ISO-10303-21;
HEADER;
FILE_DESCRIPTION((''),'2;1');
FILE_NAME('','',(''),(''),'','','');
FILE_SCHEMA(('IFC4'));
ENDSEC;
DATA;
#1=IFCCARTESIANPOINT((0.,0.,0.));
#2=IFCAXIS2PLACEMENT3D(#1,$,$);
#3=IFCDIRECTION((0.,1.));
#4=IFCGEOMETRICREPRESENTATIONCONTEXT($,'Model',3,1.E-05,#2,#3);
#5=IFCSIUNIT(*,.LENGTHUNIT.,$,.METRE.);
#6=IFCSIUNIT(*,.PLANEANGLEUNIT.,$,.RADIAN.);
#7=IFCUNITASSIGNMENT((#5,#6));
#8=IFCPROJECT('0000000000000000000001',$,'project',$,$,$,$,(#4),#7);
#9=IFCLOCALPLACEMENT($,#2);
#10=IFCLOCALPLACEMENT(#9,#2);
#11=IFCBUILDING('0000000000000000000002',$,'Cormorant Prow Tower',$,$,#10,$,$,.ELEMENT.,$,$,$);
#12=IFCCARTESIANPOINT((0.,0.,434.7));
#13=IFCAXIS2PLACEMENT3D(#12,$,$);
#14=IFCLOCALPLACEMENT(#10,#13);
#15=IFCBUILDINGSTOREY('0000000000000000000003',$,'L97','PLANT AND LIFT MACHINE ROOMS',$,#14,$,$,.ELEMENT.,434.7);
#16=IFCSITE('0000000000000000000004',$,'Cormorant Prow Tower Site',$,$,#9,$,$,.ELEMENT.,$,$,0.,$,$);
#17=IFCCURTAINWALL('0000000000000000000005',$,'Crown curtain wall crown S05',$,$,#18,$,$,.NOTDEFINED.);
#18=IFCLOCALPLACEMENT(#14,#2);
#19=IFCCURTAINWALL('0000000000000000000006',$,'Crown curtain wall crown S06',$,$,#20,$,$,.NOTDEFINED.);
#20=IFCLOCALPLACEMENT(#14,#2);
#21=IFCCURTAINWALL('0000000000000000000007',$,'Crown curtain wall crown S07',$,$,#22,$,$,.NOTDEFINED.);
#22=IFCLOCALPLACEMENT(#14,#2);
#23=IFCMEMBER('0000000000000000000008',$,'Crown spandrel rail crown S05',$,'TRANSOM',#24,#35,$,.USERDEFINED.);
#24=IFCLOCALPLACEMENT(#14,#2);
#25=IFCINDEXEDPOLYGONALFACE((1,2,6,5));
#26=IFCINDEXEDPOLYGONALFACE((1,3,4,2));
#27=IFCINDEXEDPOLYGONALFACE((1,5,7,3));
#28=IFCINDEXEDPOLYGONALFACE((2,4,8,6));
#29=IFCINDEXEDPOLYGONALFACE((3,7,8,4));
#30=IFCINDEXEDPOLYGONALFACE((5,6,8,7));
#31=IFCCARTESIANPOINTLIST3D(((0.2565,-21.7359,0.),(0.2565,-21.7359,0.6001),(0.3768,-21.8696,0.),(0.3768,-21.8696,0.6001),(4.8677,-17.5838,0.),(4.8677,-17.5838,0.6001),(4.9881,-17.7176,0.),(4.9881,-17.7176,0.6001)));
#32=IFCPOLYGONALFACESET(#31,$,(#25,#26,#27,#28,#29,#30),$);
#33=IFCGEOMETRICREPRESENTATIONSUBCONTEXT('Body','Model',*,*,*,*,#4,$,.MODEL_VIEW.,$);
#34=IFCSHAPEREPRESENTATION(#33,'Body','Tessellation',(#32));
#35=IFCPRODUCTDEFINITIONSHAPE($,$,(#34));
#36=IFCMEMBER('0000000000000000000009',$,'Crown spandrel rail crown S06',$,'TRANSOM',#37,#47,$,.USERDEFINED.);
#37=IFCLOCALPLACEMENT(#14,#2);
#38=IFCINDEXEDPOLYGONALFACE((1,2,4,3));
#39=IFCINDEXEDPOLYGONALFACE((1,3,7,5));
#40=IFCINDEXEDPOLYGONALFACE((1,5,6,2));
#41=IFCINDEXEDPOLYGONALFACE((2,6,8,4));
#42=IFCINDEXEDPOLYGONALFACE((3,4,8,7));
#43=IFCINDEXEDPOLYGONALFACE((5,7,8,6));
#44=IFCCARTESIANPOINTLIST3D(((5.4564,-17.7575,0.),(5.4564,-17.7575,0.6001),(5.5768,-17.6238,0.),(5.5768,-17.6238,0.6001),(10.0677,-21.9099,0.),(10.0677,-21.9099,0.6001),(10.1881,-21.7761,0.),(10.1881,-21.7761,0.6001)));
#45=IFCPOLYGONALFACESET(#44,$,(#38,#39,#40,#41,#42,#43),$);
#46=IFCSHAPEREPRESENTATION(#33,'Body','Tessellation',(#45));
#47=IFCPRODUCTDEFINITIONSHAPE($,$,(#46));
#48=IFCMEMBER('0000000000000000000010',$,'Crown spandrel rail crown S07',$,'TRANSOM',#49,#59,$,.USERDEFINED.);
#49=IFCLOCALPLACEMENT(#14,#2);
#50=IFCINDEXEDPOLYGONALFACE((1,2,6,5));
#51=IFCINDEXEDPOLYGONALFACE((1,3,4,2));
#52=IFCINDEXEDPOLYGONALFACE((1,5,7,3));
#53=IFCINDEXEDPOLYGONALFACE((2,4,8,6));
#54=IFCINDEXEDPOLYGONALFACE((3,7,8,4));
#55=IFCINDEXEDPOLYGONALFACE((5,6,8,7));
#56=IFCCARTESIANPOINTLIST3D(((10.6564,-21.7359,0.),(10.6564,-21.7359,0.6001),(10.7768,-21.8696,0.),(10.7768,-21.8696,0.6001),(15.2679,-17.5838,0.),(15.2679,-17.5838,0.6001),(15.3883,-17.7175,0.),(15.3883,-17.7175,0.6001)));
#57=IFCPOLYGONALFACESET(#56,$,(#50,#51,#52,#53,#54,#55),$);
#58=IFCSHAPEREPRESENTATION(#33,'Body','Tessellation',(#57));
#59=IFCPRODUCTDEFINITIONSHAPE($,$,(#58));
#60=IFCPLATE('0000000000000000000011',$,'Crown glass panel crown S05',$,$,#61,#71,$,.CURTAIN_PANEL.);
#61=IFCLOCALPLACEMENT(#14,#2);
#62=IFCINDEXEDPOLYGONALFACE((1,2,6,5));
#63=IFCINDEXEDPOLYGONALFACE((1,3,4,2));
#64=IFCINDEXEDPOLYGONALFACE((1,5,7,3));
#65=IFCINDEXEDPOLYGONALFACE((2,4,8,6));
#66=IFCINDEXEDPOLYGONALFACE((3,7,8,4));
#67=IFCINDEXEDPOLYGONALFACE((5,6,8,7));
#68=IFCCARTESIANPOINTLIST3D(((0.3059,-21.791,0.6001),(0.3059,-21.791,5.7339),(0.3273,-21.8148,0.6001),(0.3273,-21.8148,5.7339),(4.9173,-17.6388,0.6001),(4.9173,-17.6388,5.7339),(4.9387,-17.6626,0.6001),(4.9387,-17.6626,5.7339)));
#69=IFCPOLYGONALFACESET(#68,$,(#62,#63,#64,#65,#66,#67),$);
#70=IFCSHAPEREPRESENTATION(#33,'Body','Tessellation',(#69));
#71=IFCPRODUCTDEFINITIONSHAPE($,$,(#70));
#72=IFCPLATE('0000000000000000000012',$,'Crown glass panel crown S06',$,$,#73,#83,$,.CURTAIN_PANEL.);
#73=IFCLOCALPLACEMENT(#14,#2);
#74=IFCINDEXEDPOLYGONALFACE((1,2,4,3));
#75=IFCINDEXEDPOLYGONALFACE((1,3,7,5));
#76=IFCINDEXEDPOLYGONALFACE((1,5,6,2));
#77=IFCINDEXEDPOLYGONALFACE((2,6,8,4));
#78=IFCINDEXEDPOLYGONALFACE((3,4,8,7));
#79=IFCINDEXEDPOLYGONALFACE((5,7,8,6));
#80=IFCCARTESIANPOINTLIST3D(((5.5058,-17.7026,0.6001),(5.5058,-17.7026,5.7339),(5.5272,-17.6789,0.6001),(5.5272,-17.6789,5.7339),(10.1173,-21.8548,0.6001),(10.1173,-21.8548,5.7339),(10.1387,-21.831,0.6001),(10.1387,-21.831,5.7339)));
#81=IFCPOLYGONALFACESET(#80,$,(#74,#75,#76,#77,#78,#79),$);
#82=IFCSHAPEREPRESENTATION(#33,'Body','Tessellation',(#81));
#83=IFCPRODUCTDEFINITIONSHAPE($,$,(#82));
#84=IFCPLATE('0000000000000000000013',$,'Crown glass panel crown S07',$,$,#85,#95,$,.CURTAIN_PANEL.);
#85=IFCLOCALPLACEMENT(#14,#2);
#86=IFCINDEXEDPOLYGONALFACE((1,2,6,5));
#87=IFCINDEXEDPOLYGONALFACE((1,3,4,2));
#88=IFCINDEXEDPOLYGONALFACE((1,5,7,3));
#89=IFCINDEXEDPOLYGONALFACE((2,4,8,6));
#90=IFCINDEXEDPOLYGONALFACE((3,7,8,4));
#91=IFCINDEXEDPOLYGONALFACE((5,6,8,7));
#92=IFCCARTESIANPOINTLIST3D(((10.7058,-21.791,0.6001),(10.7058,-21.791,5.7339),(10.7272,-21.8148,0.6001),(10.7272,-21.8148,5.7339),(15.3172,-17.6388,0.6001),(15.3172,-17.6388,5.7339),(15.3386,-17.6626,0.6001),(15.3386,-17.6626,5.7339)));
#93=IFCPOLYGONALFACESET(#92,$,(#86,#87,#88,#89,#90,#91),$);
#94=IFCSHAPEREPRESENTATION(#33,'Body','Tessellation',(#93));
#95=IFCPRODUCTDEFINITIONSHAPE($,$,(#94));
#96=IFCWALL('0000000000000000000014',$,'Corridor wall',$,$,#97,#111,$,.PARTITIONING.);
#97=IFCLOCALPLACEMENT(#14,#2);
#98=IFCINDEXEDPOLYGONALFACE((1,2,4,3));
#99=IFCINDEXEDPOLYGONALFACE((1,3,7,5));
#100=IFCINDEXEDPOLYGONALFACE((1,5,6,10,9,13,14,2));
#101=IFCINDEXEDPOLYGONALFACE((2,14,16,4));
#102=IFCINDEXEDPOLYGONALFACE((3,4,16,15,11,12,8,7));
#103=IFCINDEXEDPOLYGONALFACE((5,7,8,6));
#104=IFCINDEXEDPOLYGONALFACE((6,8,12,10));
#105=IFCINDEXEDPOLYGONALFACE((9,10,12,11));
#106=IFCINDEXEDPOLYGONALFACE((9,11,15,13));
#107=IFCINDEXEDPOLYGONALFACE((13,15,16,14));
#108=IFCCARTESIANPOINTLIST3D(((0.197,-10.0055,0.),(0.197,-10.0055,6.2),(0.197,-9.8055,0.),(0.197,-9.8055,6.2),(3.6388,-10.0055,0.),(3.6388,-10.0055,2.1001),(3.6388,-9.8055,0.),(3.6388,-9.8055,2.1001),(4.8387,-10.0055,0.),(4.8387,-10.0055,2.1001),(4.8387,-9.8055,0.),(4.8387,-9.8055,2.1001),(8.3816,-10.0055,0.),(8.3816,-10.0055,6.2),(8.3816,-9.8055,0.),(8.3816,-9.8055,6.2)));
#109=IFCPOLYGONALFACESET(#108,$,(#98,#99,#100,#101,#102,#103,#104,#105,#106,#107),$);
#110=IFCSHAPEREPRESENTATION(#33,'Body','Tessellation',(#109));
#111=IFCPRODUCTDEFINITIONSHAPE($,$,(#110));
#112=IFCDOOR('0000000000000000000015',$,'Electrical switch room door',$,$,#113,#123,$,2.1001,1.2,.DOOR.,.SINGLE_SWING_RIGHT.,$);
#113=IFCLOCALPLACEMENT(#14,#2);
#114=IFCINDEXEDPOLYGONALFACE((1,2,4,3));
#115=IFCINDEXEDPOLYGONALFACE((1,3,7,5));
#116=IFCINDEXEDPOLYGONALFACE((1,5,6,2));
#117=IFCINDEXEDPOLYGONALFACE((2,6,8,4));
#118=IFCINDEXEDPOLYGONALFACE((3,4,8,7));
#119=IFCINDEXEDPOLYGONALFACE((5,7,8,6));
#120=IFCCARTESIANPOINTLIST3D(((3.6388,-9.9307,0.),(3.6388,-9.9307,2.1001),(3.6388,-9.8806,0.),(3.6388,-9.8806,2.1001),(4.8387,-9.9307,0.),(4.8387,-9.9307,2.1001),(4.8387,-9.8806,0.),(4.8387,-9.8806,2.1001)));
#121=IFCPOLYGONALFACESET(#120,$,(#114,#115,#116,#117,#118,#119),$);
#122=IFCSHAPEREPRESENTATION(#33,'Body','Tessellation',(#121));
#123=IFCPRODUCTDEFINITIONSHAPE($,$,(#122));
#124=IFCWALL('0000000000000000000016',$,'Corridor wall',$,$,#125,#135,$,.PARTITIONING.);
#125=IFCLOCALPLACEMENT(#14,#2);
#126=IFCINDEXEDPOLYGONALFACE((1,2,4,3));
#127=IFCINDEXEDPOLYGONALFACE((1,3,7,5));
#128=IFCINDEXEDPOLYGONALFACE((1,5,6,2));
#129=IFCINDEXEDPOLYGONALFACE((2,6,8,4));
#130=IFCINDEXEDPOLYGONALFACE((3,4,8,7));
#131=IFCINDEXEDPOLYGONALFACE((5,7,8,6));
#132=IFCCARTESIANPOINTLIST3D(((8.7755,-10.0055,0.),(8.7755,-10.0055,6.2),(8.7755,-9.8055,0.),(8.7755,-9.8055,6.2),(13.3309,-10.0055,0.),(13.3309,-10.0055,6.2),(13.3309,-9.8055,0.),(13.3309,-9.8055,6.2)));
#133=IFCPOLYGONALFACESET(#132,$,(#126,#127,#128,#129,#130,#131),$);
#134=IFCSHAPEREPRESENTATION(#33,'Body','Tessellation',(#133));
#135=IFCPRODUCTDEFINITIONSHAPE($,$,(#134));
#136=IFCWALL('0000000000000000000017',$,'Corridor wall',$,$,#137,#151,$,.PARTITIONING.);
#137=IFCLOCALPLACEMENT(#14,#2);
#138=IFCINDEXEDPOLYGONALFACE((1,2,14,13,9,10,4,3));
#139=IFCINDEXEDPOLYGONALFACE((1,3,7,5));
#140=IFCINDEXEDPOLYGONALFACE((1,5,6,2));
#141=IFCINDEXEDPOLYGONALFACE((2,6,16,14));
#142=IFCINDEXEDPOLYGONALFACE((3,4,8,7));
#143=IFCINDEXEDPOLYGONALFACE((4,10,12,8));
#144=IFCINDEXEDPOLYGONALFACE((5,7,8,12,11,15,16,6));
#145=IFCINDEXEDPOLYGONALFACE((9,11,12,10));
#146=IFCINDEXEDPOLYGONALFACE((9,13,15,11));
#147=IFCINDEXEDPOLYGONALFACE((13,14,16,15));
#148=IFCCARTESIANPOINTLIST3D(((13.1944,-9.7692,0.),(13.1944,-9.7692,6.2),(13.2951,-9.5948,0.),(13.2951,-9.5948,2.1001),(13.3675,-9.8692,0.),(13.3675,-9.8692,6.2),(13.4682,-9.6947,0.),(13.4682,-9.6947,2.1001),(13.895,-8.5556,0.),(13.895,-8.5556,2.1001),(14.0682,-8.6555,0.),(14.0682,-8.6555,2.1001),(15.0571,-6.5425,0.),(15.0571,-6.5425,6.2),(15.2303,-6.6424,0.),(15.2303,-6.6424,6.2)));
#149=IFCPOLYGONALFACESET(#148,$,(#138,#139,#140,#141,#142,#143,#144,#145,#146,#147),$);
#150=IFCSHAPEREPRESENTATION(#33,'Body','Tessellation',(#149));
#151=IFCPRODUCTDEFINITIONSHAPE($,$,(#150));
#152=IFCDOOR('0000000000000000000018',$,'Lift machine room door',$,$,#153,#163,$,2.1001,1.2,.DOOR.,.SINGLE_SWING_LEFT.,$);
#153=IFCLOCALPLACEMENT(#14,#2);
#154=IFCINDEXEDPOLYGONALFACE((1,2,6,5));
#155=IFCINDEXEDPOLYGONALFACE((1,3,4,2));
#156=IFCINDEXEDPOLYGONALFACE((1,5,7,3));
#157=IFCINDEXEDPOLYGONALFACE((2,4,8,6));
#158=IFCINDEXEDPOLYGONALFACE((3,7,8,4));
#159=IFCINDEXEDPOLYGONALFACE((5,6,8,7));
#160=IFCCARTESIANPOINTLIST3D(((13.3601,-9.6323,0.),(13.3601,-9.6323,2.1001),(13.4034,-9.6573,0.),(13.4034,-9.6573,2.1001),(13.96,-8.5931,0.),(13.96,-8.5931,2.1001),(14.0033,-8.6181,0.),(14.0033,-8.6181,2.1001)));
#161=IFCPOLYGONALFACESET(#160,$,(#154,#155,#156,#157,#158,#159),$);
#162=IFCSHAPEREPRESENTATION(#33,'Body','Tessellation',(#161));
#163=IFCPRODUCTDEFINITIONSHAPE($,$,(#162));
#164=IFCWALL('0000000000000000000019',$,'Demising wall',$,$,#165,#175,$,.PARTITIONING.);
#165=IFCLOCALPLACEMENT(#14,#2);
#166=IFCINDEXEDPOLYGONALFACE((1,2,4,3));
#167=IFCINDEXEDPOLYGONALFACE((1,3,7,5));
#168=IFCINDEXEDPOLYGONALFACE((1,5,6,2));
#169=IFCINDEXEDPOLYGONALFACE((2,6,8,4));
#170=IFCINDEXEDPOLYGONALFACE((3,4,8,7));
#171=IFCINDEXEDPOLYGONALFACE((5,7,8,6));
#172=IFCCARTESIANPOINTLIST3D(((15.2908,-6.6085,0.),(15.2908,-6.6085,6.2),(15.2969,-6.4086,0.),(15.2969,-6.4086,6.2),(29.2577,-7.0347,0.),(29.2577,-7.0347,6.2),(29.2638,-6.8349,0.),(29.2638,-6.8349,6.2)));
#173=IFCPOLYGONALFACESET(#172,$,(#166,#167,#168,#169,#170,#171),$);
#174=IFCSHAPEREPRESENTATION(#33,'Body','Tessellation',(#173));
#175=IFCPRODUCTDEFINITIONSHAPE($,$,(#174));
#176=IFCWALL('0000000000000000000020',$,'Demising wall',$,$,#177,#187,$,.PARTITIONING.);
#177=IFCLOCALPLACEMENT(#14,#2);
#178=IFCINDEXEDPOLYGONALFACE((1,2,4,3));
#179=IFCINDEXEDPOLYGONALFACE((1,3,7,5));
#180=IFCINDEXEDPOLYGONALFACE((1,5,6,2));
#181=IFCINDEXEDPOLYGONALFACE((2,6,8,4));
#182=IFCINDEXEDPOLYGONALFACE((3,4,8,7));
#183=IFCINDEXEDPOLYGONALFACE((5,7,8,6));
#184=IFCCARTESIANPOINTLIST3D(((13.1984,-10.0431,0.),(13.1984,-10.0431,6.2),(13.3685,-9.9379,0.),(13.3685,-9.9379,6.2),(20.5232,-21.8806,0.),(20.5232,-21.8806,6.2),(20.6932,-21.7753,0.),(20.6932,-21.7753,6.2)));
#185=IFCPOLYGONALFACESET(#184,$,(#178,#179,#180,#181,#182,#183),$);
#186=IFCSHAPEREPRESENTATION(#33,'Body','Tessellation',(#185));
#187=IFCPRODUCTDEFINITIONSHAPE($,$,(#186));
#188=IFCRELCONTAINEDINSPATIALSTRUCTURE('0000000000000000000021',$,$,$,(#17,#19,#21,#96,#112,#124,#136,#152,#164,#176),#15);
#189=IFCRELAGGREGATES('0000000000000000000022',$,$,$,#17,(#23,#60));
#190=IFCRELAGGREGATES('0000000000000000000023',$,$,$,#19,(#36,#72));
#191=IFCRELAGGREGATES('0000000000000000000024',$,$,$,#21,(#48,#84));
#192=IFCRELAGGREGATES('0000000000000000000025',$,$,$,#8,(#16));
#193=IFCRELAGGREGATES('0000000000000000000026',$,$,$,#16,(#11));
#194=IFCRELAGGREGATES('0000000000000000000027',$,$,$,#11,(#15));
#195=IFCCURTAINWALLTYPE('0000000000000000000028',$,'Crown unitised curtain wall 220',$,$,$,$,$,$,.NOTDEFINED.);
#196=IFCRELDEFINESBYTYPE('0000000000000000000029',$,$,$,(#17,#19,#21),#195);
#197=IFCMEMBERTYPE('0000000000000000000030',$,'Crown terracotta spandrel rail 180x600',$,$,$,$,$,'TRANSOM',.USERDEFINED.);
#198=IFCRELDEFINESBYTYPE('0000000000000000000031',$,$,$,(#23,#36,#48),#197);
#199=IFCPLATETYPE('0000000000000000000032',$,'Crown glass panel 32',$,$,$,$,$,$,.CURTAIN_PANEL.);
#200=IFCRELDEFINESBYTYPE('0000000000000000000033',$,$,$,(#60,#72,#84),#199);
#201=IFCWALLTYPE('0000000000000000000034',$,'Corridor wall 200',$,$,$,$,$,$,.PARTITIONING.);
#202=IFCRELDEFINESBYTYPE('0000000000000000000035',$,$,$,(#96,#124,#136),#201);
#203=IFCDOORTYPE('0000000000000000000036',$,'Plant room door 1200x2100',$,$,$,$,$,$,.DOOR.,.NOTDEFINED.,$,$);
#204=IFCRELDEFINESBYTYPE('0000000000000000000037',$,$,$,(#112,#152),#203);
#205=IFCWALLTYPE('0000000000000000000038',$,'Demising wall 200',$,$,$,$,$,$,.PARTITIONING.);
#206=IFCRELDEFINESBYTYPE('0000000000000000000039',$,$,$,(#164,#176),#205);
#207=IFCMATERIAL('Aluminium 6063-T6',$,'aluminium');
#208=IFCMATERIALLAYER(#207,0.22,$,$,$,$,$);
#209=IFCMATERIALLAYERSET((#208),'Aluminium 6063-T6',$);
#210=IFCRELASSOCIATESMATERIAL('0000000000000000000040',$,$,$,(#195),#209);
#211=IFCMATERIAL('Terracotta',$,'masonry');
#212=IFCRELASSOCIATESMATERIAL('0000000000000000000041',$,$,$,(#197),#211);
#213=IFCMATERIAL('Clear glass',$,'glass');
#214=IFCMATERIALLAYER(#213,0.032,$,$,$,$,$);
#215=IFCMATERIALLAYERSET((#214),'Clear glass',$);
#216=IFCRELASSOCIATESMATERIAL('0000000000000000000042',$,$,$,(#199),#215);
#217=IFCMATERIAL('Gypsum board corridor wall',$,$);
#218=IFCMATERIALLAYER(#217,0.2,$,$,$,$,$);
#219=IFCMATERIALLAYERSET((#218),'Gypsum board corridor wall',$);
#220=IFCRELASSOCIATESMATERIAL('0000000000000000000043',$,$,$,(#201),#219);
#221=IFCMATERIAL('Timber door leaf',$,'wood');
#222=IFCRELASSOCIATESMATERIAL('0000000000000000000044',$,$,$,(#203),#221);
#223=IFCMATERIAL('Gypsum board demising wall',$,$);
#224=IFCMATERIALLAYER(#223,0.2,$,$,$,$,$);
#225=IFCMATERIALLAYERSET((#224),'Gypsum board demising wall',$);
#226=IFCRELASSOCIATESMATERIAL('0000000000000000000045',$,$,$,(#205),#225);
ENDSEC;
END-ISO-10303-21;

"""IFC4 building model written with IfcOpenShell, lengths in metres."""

from ifc_helpers import new_model, si_unit, direction, frame, frame_2d, origin, origin_2d, place, context, subcontext, project, spatial, rectangle, extrude, material, layer, layer_set, material_profile, profile_set, type_object, element, fill, aggregate, save


model = new_model("IFC4")

# Units and contexts
model_context = context("Model", 3, precision=1e-05, world=origin(), true_north=direction((0.0, 1.0)))
body_context = subcontext(model_context, "Body", "Model", "MODEL_VIEW")
ifc_project = project(units=[si_unit("LENGTHUNIT", "METRE"), si_unit("PLANEANGLEUNIT", "RADIAN")], contexts=[model_context])

# Site, building, storey
site_placement = place(None, origin())
site = spatial("IfcSite", under=ifc_project, at=site_placement, Name="Cormorant Prow Tower Site", CompositionType="ELEMENT", RefElevation=0.0)
building_placement = place(site_placement, origin())
building = spatial("IfcBuilding", under=site, at=building_placement, Name="Cormorant Prow Tower", CompositionType="ELEMENT")
storey_placement = place(building_placement, frame((0.0, 0.0, 434.7)))
storey = spatial("IfcBuildingStorey", under=building, at=storey_placement, Name="L97", Description="PLANT AND LIFT MACHINE ROOMS", CompositionType="ELEMENT", Elevation=434.7)

# Curtain walls
ifc_material_1 = material(Name="Aluminium 6063-T6", Category="aluminium")
ifc_layer_1 = layer(ifc_material_1, 0.22)
ifc_layer_set_1 = layer_set([ifc_layer_1], Name="Aluminium 6063-T6")
curtain_wall_type = type_object("IfcCurtainWallType", Name="Crown unitised curtain wall 220", PredefinedType="NOTDEFINED", material=ifc_layer_set_1)
curtain_wall_1_placement = place(storey_placement, origin())
curtain_wall_1 = element("IfcCurtainWall", 1, at=curtain_wall_1_placement, inside=storey, type_object=curtain_wall_type, Name="Crown curtain wall crown S05", PredefinedType="NOTDEFINED")
curtain_wall_2_placement = place(storey_placement, origin())
curtain_wall_2 = element("IfcCurtainWall", 2, at=curtain_wall_2_placement, inside=storey, type_object=curtain_wall_type, Name="Crown curtain wall crown S06", PredefinedType="NOTDEFINED")
curtain_wall_3_placement = place(storey_placement, origin())
curtain_wall_3 = element("IfcCurtainWall", 3, at=curtain_wall_3_placement, inside=storey, type_object=curtain_wall_type, Name="Crown curtain wall crown S07", PredefinedType="NOTDEFINED")

# Members
ifc_material_2 = material(Name="Terracotta", Category="masonry")
ifc_material_profile_1 = material_profile(ifc_material_2, rectangle(XDim=0.1799, YDim=0.6001, at=origin_2d()), Name="Crown terracotta spandrel rail 180x600")
ifc_profile_set_1 = profile_set([ifc_material_profile_1], Name="Terracotta")
member_type_1 = type_object("IfcMemberType", Name="Crown terracotta spandrel rail 180x600", ElementType="TRANSOM", PredefinedType="USERDEFINED", material=ifc_profile_set_1)
member_1_placement = place(storey_placement, frame((0.3167, -21.8027, 0.3), z_axis=(0.743142, 0.669134, 0.0), x_axis=(-0.669134, 0.743142, 0.0)))
member_1 = element("IfcMember", 4, at=member_1_placement, type_object=member_type_1, Name="Crown spandrel rail crown S05", ObjectType="TRANSOM", PredefinedType="USERDEFINED", context=body_context, shape_type="SweptSolid", body=[
    extrude(rectangle(XDim=0.1799, YDim=0.6001, at=origin_2d()), origin(), (0.0, 0.0, 1.0), 6.2051),
])
member_2_placement = place(storey_placement, frame((5.5166, -17.6907, 0.3), z_axis=(0.743122, -0.669156, 0.0), x_axis=(0.669156, 0.743122, 0.0)))
member_2 = element("IfcMember", 5, at=member_2_placement, type_object=member_type_1, Name="Crown spandrel rail crown S06", ObjectType="TRANSOM", PredefinedType="USERDEFINED", context=body_context, shape_type="SweptSolid", body=[
    extrude(rectangle(XDim=0.1799, YDim=0.6001, at=origin_2d()), origin(), (0.0, 0.0, 1.0), 6.2053),
])
member_3_placement = place(storey_placement, frame((10.7166, -21.8027, 0.3), z_axis=(0.743159, 0.669115, 0.0), x_axis=(-0.669115, 0.743159, 0.0)))
member_3 = element("IfcMember", 6, at=member_3_placement, type_object=member_type_1, Name="Crown spandrel rail crown S07", ObjectType="TRANSOM", PredefinedType="USERDEFINED", context=body_context, shape_type="SweptSolid", body=[
    extrude(rectangle(XDim=0.1799, YDim=0.6001, at=origin_2d()), origin(), (0.0, 0.0, 1.0), 6.2053),
])

# Plates
ifc_material_3 = material(Name="Clear glass", Category="glass")
ifc_layer_2 = layer(ifc_material_3, 0.032)
ifc_layer_set_2 = layer_set([ifc_layer_2], Name="Clear glass")
plate_type = type_object("IfcPlateType", Name="Crown glass panel 32", PredefinedType="CURTAIN_PANEL", material=ifc_layer_set_2)
plate_1_placement = place(storey_placement, frame((2.6223, -19.7268, 0.6001), z_axis=(0.0, 0.0, 1.0), x_axis=(0.743145, 0.669131, 0.0)))
plate_1 = element("IfcPlate", 7, at=plate_1_placement, type_object=plate_type, Name="Crown glass panel crown S05", PredefinedType="CURTAIN_PANEL", context=body_context, shape_type="SweptSolid", body=[
    extrude(rectangle(XDim=6.2053, YDim=0.032, at=origin_2d()), origin(), (0.0, 0.0, 1.0), 5.1338),
])
aggregate(curtain_wall_1, [member_1, plate_1])
plate_2_placement = place(storey_placement, frame((7.8223, -19.7668, 0.6001), z_axis=(0.0, 0.0, 1.0), x_axis=(0.743145, -0.669131, 0.0)))
plate_2 = element("IfcPlate", 8, at=plate_2_placement, type_object=plate_type, Name="Crown glass panel crown S06", PredefinedType="CURTAIN_PANEL", context=body_context, shape_type="SweptSolid", body=[
    extrude(rectangle(XDim=6.2053, YDim=0.032, at=origin_2d()), origin(), (0.0, 0.0, 1.0), 5.1338),
])
aggregate(curtain_wall_2, [member_2, plate_2])
plate_3_placement = place(storey_placement, frame((13.0222, -19.7268, 0.6001), z_axis=(0.0, 0.0, 1.0), x_axis=(0.743145, 0.669131, 0.0)))
plate_3 = element("IfcPlate", 9, at=plate_3_placement, type_object=plate_type, Name="Crown glass panel crown S07", PredefinedType="CURTAIN_PANEL", context=body_context, shape_type="SweptSolid", body=[
    extrude(rectangle(XDim=6.2053, YDim=0.032, at=origin_2d()), origin(), (0.0, 0.0, 1.0), 5.1338),
])
aggregate(curtain_wall_3, [member_3, plate_3])

# Wall, opening, door
ifc_material_4 = material(Name="Gypsum board corridor wall")
ifc_layer_3 = layer(ifc_material_4, 0.2)
ifc_layer_set_3 = layer_set([ifc_layer_3], Name="Gypsum board corridor wall")
wall_type_1 = type_object("IfcWallType", Name="Corridor wall 200", PredefinedType="PARTITIONING", material=ifc_layer_set_3)
wall_1_placement = place(storey_placement, frame((0.197, -9.9055, 0.0), z_axis=(0.0, 0.0, 1.0), x_axis=(1.0, 0.0, 0.0)))
wall_1 = element("IfcWall", 10, at=wall_1_placement, inside=storey, type_object=wall_type_1, Name="Corridor wall", PredefinedType="PARTITIONING", context=body_context, shape_type="SweptSolid", body=[
    extrude(rectangle(XDim=8.1846, YDim=0.2, at=frame_2d((4.0923, 0.0))), origin(), (0.0, 0.0, 1.0), 6.2),
])
opening_1_placement = place(wall_1_placement, frame((3.4417, 0.0, 0.0)))
opening_1 = element("IfcOpeningElement", 11, at=opening_1_placement, cuts=wall_1, PredefinedType="OPENING", context=body_context, shape_type="SweptSolid", body=[
    extrude(rectangle(XDim=1.2, YDim=2.1001, at=frame_2d((0.6001, 1.05))), frame((0.0, 0.1099, 0.0), z_axis=(0.0, -1.0, 0.0), x_axis=(1.0, 0.0, 0.0)), (0.0, 0.0, 1.0), 0.22),
])
ifc_material_5 = material(Name="Timber door leaf", Category="wood")
door_type_1 = type_object("IfcDoorType", Name="Plant room door 1200x2100", OperationType="NOTDEFINED", PredefinedType="DOOR", material=ifc_material_5)
door_1_placement = place(opening_1_placement, origin())
door_1 = element("IfcDoor", 12, at=door_1_placement, inside=storey, type_object=door_type_1, Name="Electrical switch room door", OperationType="SINGLE_SWING_RIGHT", OverallHeight=2.1001, OverallWidth=1.2, PredefinedType="DOOR", context=body_context, shape_type="SweptSolid", body=[
    extrude(rectangle(XDim=1.2, YDim=2.1001, at=frame_2d((0.6001, 1.05))), frame((0.0, 0.0249, 0.0), z_axis=(0.0, -1.0, 0.0), x_axis=(1.0, 0.0, 0.0)), (0.0, 0.0, 1.0), 0.05),
])
fill(opening_1, door_1)

# Wall
wall_2_placement = place(storey_placement, frame((8.7754, -9.9055, 0.0), z_axis=(0.0, 0.0, 1.0), x_axis=(1.0, 0.0, 0.0)))
element("IfcWall", 13, at=wall_2_placement, inside=storey, type_object=wall_type_1, Name="Corridor wall", PredefinedType="PARTITIONING", context=body_context, shape_type="SweptSolid", body=[
    extrude(rectangle(XDim=4.5554, YDim=0.2, at=frame_2d((2.2778, 0.0))), origin(), (0.0, 0.0, 1.0), 6.2),
])

# Wall, opening, door
wall_3_placement = place(storey_placement, frame((13.281, -9.8191, 0.0), z_axis=(0.0, 0.0, 1.0), x_axis=(0.499959, 0.866049, 0.0)))
wall_3 = element("IfcWall", 14, at=wall_3_placement, inside=storey, type_object=wall_type_1, Name="Corridor wall", PredefinedType="PARTITIONING", context=body_context, shape_type="SweptSolid", body=[
    extrude(rectangle(XDim=3.7258, YDim=0.2, at=frame_2d((1.8628, 0.0))), origin(), (0.0, 0.0, 1.0), 6.2),
])
opening_2_placement = place(wall_3_placement, frame((0.2012, 0.0, 0.0)))
opening_2 = element("IfcOpeningElement", 15, at=opening_2_placement, cuts=wall_3, PredefinedType="OPENING", context=body_context, shape_type="SweptSolid", body=[
    extrude(rectangle(XDim=1.2, YDim=2.1001, at=frame_2d((0.6001, 1.05))), frame((0.0, 0.1099, 0.0), z_axis=(0.0, -1.0, 0.0), x_axis=(1.0, 0.0, 0.0)), (0.0, 0.0, 1.0), 0.22),
])
door_2_placement = place(opening_2_placement, origin())
door_2 = element("IfcDoor", 16, at=door_2_placement, inside=storey, type_object=door_type_1, Name="Lift machine room door", OperationType="SINGLE_SWING_LEFT", OverallHeight=2.1001, OverallWidth=1.2, PredefinedType="DOOR", context=body_context, shape_type="SweptSolid", body=[
    extrude(rectangle(XDim=1.2, YDim=2.1001, at=frame_2d((0.6001, 1.05))), frame((0.0, 0.0249, 0.0), z_axis=(0.0, -1.0, 0.0), x_axis=(1.0, 0.0, 0.0)), (0.0, 0.0, 1.0), 0.05),
])
fill(opening_2, door_2)

# Walls
ifc_material_6 = material(Name="Gypsum board demising wall")
ifc_layer_4 = layer(ifc_material_6, 0.2)
ifc_layer_set_4 = layer_set([ifc_layer_4], Name="Gypsum board demising wall")
wall_type_2 = type_object("IfcWallType", Name="Demising wall 200", PredefinedType="PARTITIONING", material=ifc_layer_set_4)
wall_4_placement = place(storey_placement, frame((15.2937, -6.5085, 0.0), z_axis=(0.0, 0.0, 1.0), x_axis=(0.999535, -0.030506, 0.0)))
element("IfcWall", 17, at=wall_4_placement, inside=storey, type_object=wall_type_2, Name="Demising wall", PredefinedType="PARTITIONING", context=body_context, shape_type="SweptSolid", body=[
    extrude(rectangle(XDim=13.9734, YDim=0.2, at=frame_2d((6.9868, 0.0))), origin(), (0.0, 0.0, 1.0), 6.2),
])
wall_5_placement = place(storey_placement, frame((13.2834, -9.9905, 0.0), z_axis=(0.0, 0.0, 1.0), x_axis=(0.526188, -0.850368, 0.0)))
element("IfcWall", 18, at=wall_5_placement, inside=storey, type_object=wall_type_2, Name="Demising wall", PredefinedType="PARTITIONING", context=body_context, shape_type="SweptSolid", body=[
    extrude(rectangle(XDim=13.9204, YDim=0.2, at=frame_2d((6.9602, 0.0))), origin(), (0.0, 0.0, 1.0), 6.2),
])

save(model, "model.ifc")
